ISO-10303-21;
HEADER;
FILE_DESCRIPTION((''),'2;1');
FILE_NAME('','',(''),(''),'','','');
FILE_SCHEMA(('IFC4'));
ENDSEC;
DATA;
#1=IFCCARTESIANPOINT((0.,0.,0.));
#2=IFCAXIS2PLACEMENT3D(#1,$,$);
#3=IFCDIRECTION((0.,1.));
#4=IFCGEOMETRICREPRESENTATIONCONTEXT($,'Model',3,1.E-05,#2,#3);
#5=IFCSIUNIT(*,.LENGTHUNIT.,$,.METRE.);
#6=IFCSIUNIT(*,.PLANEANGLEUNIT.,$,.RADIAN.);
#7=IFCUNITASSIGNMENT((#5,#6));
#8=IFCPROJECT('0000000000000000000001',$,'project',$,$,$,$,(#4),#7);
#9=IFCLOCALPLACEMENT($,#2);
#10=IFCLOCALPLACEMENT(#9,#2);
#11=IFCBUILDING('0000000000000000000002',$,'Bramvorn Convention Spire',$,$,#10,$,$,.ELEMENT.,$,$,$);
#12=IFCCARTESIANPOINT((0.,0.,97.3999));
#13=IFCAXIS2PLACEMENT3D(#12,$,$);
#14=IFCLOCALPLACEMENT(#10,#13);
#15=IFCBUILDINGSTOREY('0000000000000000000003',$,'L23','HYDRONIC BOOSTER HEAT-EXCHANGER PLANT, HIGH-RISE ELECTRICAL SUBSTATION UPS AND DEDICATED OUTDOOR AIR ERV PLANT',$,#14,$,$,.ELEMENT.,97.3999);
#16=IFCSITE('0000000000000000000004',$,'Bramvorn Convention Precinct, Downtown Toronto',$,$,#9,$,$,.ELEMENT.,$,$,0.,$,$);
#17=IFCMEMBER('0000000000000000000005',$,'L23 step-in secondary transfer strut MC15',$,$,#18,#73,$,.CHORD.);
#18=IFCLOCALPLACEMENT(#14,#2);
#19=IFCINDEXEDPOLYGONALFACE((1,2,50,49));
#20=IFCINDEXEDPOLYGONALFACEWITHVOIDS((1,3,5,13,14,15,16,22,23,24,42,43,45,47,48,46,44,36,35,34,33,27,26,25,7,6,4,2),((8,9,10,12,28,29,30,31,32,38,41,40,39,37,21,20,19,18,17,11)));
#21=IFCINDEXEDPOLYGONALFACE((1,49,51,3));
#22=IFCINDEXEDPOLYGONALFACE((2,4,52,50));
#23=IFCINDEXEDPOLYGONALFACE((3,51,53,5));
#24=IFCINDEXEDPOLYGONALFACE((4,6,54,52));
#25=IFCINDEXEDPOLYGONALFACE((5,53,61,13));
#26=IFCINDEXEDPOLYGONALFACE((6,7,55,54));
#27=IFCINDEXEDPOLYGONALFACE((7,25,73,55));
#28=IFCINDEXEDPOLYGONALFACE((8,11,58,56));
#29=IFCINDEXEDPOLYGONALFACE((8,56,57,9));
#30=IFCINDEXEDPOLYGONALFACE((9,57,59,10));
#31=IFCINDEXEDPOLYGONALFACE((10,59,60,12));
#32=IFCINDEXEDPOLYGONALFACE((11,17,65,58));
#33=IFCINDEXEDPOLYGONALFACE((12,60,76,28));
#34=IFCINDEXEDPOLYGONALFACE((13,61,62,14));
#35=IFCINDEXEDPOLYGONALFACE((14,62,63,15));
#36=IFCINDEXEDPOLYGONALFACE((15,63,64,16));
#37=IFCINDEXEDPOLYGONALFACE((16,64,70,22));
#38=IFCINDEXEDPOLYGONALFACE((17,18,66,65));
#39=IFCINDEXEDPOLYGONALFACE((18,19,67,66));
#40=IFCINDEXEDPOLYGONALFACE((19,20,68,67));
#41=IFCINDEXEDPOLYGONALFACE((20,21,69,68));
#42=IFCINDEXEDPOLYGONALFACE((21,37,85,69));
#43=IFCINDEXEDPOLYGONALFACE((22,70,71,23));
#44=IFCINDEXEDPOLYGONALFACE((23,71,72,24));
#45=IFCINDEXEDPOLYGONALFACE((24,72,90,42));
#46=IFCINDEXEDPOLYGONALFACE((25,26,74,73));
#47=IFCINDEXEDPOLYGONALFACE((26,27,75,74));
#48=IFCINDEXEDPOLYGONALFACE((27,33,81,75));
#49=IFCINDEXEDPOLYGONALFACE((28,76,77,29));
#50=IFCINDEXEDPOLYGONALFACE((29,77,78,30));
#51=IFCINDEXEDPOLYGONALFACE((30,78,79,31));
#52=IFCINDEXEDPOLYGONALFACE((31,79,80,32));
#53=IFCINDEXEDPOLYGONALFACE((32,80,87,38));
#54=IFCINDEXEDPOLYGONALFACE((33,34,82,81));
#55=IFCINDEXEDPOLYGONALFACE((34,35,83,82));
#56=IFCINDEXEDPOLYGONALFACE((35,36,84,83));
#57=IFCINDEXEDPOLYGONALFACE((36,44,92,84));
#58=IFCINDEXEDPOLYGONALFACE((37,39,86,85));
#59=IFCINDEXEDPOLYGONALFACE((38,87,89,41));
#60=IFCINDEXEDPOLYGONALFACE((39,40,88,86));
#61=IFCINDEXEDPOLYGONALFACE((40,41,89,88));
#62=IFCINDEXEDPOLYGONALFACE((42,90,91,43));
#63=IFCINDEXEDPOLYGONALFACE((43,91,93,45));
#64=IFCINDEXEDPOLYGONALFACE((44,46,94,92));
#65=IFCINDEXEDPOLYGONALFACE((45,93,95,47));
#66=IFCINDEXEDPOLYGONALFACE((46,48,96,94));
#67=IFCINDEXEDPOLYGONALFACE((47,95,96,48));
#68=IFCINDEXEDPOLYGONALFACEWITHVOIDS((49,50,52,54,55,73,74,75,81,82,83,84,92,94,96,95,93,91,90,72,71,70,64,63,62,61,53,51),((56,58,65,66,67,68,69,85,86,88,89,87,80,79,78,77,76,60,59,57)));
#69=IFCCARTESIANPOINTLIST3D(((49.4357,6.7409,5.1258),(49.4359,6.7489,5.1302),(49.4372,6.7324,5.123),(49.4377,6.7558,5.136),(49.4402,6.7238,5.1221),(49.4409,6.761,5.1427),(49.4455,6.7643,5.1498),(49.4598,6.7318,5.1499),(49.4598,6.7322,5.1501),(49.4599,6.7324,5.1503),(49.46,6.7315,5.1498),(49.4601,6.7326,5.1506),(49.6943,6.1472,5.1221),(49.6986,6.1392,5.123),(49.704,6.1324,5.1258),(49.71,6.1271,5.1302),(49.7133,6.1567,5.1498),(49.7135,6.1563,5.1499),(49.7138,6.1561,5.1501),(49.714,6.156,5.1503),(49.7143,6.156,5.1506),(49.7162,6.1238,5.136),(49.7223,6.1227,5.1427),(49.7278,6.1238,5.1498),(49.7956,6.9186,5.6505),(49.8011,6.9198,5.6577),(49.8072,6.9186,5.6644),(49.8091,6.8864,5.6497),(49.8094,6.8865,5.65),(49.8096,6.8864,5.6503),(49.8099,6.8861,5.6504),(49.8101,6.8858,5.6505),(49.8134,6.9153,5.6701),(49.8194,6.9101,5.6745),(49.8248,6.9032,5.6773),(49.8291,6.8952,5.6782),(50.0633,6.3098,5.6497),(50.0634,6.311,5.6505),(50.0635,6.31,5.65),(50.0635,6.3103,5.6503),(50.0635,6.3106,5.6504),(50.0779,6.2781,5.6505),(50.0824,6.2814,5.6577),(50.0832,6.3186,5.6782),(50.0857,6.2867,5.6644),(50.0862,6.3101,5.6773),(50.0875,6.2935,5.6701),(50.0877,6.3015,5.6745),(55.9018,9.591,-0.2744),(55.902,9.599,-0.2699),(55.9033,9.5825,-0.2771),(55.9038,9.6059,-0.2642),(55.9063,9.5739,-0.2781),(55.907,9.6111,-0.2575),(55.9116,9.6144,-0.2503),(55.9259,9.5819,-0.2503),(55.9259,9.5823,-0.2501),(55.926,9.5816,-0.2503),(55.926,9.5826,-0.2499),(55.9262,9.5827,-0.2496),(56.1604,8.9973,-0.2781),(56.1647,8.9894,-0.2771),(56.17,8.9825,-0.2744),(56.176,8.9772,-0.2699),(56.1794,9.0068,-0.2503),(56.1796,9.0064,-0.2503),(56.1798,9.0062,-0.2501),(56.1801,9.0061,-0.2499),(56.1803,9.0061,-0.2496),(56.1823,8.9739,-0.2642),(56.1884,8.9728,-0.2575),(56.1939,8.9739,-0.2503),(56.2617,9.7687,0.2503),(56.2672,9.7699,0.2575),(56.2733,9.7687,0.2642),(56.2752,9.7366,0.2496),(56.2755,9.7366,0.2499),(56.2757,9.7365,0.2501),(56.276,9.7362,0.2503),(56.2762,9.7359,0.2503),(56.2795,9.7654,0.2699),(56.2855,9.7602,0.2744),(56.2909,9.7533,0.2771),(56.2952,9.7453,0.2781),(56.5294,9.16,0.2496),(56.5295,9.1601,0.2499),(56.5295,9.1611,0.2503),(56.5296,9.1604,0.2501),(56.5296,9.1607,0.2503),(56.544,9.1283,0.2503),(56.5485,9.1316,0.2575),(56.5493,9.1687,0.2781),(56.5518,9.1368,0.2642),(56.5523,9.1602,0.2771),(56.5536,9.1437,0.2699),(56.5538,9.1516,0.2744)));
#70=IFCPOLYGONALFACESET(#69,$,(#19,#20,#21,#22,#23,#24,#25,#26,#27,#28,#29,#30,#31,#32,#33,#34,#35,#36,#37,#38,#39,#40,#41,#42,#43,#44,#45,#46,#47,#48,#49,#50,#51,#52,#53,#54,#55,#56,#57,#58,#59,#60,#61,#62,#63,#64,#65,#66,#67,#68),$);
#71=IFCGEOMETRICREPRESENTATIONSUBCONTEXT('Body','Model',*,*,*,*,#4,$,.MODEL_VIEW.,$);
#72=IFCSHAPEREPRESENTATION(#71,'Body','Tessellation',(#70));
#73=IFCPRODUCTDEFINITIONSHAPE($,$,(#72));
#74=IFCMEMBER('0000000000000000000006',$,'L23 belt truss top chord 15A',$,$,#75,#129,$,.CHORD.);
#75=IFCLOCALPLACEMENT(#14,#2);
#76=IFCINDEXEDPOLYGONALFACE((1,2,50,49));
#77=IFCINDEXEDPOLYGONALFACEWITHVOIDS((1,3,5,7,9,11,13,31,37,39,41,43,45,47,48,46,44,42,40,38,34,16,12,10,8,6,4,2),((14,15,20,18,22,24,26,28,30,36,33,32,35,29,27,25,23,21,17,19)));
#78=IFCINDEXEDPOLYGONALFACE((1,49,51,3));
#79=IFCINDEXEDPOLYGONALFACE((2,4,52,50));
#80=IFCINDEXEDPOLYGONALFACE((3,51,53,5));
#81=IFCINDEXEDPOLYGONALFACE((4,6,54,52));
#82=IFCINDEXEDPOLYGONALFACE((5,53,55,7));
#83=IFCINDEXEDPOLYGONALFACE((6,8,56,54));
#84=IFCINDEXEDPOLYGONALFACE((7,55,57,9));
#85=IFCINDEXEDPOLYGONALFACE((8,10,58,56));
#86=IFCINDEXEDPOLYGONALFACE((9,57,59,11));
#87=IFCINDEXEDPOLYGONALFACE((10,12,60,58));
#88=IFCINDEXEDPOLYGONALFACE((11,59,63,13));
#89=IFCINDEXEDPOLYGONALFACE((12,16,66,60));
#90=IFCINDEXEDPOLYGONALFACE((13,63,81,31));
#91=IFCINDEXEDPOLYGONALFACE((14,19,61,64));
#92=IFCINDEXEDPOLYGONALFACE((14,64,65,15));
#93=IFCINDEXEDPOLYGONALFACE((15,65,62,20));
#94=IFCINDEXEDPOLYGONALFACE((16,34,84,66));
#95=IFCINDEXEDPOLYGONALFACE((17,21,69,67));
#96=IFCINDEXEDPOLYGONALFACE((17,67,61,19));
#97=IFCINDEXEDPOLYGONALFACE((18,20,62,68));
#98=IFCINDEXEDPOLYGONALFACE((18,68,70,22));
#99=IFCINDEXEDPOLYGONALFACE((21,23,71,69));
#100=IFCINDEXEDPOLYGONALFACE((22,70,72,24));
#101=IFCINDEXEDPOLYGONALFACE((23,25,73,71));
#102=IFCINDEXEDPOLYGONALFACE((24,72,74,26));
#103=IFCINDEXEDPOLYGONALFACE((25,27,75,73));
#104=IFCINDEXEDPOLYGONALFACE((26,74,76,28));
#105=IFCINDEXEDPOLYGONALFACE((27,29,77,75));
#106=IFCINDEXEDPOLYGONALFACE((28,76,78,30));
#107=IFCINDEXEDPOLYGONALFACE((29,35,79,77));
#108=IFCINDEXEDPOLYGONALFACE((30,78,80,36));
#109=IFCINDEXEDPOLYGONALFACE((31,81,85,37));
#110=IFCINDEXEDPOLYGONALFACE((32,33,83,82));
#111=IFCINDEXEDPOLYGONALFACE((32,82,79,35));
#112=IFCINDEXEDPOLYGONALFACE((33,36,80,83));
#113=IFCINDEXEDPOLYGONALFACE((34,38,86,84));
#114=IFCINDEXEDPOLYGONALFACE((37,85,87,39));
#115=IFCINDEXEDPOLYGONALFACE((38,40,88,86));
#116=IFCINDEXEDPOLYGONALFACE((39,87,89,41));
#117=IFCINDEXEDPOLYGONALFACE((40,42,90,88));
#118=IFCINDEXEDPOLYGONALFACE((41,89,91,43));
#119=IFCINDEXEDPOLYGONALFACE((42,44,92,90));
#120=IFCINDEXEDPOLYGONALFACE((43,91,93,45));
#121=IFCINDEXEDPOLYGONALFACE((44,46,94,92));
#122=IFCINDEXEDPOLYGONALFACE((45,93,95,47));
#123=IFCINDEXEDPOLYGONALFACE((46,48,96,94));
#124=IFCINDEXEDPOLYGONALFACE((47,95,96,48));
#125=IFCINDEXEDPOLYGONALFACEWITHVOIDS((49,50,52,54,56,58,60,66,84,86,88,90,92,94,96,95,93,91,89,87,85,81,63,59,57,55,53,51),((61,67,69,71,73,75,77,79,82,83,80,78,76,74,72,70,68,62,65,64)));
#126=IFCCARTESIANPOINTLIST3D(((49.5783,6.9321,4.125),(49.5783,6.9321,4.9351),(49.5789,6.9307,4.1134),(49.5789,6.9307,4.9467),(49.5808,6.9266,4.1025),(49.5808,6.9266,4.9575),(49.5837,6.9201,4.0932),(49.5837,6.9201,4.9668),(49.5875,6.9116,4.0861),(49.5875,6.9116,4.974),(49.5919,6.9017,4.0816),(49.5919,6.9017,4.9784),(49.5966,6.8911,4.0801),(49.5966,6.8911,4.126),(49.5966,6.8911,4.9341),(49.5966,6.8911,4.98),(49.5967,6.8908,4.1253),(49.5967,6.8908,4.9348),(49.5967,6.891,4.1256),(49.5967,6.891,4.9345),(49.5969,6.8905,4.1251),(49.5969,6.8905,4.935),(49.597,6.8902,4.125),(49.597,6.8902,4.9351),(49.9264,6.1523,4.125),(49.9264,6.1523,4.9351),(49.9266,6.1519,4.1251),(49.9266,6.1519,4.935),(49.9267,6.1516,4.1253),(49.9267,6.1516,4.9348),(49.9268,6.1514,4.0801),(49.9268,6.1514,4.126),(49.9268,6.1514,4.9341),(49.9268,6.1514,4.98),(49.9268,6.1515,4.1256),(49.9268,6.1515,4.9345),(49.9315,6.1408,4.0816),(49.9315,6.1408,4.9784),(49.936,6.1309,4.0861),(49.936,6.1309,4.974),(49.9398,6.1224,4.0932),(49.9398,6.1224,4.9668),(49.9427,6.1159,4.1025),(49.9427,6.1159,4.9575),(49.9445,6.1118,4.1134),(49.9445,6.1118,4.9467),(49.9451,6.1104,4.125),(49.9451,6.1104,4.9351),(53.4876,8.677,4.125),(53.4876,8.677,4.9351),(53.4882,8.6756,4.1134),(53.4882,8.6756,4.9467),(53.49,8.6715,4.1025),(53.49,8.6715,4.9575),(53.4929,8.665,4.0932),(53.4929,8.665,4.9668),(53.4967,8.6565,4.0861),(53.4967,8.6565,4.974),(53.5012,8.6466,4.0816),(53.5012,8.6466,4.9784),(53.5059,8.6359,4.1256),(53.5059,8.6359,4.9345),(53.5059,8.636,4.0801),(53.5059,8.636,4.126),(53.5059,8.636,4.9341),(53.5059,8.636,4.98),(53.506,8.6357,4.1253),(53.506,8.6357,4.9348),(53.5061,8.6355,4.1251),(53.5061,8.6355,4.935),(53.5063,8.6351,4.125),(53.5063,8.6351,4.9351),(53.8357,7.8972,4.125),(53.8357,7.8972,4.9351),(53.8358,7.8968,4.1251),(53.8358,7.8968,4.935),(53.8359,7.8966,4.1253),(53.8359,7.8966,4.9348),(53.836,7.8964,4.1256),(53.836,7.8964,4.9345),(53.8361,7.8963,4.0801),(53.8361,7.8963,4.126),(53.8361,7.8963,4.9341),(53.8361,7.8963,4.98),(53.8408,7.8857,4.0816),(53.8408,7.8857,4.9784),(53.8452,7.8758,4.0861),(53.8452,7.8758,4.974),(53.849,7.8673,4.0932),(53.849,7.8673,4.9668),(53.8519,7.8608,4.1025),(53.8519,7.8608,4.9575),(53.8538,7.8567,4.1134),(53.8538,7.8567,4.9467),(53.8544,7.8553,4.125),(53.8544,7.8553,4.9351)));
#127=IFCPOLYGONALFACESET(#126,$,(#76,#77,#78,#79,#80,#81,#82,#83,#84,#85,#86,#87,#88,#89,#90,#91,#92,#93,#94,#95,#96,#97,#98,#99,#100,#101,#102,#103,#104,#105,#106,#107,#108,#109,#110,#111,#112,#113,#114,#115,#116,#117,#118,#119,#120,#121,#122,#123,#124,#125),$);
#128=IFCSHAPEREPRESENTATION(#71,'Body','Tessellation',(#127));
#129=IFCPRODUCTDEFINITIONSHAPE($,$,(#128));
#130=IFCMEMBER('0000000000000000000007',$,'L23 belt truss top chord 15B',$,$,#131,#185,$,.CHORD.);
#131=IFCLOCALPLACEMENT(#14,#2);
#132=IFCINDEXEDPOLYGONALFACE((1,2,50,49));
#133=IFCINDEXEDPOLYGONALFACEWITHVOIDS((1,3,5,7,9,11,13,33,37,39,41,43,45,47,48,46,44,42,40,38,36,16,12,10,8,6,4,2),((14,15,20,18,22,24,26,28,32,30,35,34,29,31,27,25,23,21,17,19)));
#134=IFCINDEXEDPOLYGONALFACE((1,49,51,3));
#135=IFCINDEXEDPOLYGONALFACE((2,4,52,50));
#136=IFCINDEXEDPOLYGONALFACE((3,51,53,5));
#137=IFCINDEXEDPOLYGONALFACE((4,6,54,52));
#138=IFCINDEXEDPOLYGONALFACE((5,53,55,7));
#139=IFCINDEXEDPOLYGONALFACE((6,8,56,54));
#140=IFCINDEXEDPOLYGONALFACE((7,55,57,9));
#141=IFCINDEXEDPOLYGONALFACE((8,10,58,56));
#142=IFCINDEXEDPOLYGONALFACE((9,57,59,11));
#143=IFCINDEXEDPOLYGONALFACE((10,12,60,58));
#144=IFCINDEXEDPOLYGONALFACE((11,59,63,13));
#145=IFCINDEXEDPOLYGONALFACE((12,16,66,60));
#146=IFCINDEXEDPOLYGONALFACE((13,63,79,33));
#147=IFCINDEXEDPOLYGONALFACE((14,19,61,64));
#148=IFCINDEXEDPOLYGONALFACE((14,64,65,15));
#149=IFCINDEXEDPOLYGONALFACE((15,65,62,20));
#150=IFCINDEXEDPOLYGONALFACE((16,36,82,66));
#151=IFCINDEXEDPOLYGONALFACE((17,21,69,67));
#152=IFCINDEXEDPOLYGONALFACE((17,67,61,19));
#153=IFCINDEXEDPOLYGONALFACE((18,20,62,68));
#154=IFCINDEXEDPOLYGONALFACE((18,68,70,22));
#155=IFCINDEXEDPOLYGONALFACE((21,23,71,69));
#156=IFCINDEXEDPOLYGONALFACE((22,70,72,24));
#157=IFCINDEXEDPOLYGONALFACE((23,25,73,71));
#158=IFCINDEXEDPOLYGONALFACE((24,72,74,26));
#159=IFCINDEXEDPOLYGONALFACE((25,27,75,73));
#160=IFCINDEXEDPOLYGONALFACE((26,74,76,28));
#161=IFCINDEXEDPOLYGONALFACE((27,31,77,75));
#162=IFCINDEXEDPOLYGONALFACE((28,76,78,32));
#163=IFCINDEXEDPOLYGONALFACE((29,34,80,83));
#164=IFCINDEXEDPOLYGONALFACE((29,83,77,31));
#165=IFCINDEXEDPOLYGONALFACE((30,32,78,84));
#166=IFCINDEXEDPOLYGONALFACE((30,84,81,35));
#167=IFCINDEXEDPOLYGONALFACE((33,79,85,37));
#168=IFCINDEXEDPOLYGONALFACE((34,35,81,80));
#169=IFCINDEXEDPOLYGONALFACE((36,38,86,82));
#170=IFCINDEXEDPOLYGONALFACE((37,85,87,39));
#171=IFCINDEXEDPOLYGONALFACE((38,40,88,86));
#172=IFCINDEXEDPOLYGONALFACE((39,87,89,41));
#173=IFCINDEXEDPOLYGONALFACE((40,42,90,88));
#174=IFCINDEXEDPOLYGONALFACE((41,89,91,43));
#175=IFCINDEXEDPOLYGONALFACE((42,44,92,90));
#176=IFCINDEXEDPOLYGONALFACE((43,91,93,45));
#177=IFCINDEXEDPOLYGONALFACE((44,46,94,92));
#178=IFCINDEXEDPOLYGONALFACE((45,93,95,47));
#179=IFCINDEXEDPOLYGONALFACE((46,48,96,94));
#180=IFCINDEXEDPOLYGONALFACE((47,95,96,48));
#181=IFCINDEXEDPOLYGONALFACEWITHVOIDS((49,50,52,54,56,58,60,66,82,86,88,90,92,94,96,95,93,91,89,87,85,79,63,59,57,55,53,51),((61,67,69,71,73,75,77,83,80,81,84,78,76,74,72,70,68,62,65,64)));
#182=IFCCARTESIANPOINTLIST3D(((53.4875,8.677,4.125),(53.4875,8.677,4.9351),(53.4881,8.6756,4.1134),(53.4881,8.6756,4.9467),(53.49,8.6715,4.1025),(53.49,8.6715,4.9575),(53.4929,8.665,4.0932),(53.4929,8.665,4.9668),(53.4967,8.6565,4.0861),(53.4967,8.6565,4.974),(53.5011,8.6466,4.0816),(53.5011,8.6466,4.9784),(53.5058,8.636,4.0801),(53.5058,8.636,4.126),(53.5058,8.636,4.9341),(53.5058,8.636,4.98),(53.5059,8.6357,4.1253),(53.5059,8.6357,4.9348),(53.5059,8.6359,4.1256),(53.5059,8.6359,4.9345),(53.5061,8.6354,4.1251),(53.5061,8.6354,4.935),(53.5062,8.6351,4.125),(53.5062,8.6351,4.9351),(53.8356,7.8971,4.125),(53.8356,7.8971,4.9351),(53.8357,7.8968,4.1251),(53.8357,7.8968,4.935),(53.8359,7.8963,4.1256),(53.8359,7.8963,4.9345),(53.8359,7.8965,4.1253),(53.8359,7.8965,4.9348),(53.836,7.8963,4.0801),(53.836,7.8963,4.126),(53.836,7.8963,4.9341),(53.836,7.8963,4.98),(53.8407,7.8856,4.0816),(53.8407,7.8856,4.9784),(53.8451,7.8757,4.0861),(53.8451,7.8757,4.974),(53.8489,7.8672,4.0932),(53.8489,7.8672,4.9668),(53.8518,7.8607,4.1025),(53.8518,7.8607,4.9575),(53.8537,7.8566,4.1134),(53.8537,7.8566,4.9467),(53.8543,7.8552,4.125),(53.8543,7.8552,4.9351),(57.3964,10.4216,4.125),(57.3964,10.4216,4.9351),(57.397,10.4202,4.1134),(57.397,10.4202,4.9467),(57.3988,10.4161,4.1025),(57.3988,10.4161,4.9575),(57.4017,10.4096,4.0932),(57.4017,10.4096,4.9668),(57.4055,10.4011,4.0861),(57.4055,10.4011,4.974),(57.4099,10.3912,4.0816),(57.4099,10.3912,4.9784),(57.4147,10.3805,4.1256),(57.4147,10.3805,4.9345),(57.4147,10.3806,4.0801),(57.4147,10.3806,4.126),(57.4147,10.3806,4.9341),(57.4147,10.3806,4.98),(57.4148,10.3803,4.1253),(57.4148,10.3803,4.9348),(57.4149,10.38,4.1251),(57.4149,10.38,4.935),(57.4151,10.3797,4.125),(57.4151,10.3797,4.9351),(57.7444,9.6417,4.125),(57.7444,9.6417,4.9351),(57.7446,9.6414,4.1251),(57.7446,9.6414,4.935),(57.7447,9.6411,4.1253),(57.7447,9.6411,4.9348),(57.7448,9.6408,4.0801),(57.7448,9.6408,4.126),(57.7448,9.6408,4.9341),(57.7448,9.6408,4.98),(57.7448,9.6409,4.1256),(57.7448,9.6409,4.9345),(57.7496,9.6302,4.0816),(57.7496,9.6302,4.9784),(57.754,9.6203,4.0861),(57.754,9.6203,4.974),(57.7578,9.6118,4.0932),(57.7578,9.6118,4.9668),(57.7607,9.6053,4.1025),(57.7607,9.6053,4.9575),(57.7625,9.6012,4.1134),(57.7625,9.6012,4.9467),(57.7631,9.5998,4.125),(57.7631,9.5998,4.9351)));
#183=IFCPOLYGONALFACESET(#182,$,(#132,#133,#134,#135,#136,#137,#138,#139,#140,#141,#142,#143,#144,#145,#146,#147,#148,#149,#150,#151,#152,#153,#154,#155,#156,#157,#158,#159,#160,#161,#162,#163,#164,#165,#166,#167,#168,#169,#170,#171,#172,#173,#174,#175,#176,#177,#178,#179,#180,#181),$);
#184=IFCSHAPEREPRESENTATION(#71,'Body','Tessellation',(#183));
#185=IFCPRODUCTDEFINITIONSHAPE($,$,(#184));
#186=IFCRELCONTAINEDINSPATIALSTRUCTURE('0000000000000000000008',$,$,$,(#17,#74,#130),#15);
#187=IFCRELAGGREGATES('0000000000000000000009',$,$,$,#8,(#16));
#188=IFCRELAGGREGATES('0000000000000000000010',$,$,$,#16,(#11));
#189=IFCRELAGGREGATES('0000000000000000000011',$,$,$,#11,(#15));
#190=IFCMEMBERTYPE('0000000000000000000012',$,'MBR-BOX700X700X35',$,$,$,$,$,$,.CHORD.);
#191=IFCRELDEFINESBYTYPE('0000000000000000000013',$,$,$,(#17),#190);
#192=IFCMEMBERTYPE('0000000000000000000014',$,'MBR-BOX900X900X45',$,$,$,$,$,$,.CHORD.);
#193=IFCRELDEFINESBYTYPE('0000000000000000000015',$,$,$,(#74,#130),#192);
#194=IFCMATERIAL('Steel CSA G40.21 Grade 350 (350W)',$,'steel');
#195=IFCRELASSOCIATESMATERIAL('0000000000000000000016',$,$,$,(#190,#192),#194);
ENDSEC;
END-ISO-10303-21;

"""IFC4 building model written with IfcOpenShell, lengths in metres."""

from ifc_helpers import new_model, si_unit, direction, frame, origin, origin_2d, place, context, subcontext, project, spatial, hollow_rectangle, extrude, material, material_profile, profile_set, type_object, element, save


model = new_model("IFC4")

# Units and contexts
model_context = context("Model", 3, precision=1e-05, world=origin(), true_north=direction((0.0, 1.0)))
body_context = subcontext(model_context, "Body", "Model", "MODEL_VIEW")
ifc_project = project(units=[si_unit("LENGTHUNIT", "METRE"), si_unit("PLANEANGLEUNIT", "RADIAN")], contexts=[model_context])

# Site, building, storey
site_placement = place(None, origin())
site = spatial("IfcSite", under=ifc_project, at=site_placement, Name="Bramvorn Convention Precinct, Downtown Toronto", CompositionType="ELEMENT", RefElevation=0.0)
building_placement = place(site_placement, origin())
building = spatial("IfcBuilding", under=site, at=building_placement, Name="Bramvorn Convention Spire", CompositionType="ELEMENT")
storey_placement = place(building_placement, frame((0.0, 0.0, 97.3999)))
storey = spatial("IfcBuildingStorey", under=building, at=storey_placement, Name="L23", Description="HYDRONIC BOOSTER HEAT-EXCHANGER PLANT, HIGH-RISE ELECTRICAL SUBSTATION UPS AND DEDICATED OUTDOOR AIR ERV PLANT", CompositionType="ELEMENT", Elevation=97.3999)

# Shared definitions
ifc_material_1 = material(Name="Steel CSA G40.21 Grade 350 (350W)", Category="steel")

# Members
ifc_material_profile_1 = material_profile(ifc_material_1, hollow_rectangle(XDim=0.7, YDim=0.7, WallThickness=0.0349, InnerFilletRadius=0.001, OuterFilletRadius=0.0349, at=origin_2d()))
ifc_profile_set_1 = profile_set([ifc_material_profile_1], Name="Steel CSA G40.21 Grade 350 (350W) - BOX700X700X35")
member_type_1 = type_object("IfcMemberType", Name="MBR-BOX700X700X35", PredefinedType="CHORD", material=ifc_profile_set_1)
member_1_placement = place(storey_placement, frame((56.2278, 9.3713, 0.0), z_axis=(-0.727054, -0.320469, 0.6072), x_axis=(0.403335, -0.915052, 0.0)))
element("IfcMember", 1, at=member_1_placement, inside=storey, type_object=member_type_1, Name="L23 step-in secondary transfer strut MC15", PredefinedType="CHORD", context=body_context, shape_type="SweptSolid", body=[
    extrude(hollow_rectangle(XDim=0.7, YDim=0.7, WallThickness=0.0349, InnerFilletRadius=0.001, OuterFilletRadius=0.0349, at=origin_2d()), origin(), (0.0, 0.0, 1.0), 8.8936),
])
ifc_material_profile_2 = material_profile(ifc_material_1, hollow_rectangle(XDim=0.8999, YDim=0.8999, WallThickness=0.0449, InnerFilletRadius=0.001, OuterFilletRadius=0.0449, at=origin_2d()))
ifc_profile_set_2 = profile_set([ifc_material_profile_2], Name="Steel CSA G40.21 Grade 350 (350W) - BOX900X900X45")
member_type_2 = type_object("IfcMemberType", Name="MBR-BOX900X900X45", PredefinedType="CHORD", material=ifc_profile_set_2)
member_2_placement = place(storey_placement, frame((49.7617, 6.5212, 4.53), z_axis=(0.913164, 0.407593, 0.0), x_axis=(-0.407593, 0.913164, 0.0)))
element("IfcMember", 2, at=member_2_placement, inside=storey, type_object=member_type_2, Name="L23 belt truss top chord 15A", PredefinedType="CHORD", context=body_context, shape_type="SweptSolid", body=[
    extrude(hollow_rectangle(XDim=0.8999, YDim=0.8999, WallThickness=0.0449, InnerFilletRadius=0.001, OuterFilletRadius=0.0449, at=origin_2d()), origin(), (0.0, 0.0, 1.0), 4.281),
])
member_3_placement = place(storey_placement, frame((53.6709, 8.2661, 4.53), z_axis=(0.913175, 0.407567, 0.0), x_axis=(-0.407567, 0.913175, 0.0)))
element("IfcMember", 3, at=member_3_placement, inside=storey, type_object=member_type_2, Name="L23 belt truss top chord 15B", PredefinedType="CHORD", context=body_context, shape_type="SweptSolid", body=[
    extrude(hollow_rectangle(XDim=0.8999, YDim=0.8999, WallThickness=0.0449, InnerFilletRadius=0.001, OuterFilletRadius=0.0449, at=origin_2d()), origin(), (0.0, 0.0, 1.0), 4.2805),
])

save(model, "model.ifc")
